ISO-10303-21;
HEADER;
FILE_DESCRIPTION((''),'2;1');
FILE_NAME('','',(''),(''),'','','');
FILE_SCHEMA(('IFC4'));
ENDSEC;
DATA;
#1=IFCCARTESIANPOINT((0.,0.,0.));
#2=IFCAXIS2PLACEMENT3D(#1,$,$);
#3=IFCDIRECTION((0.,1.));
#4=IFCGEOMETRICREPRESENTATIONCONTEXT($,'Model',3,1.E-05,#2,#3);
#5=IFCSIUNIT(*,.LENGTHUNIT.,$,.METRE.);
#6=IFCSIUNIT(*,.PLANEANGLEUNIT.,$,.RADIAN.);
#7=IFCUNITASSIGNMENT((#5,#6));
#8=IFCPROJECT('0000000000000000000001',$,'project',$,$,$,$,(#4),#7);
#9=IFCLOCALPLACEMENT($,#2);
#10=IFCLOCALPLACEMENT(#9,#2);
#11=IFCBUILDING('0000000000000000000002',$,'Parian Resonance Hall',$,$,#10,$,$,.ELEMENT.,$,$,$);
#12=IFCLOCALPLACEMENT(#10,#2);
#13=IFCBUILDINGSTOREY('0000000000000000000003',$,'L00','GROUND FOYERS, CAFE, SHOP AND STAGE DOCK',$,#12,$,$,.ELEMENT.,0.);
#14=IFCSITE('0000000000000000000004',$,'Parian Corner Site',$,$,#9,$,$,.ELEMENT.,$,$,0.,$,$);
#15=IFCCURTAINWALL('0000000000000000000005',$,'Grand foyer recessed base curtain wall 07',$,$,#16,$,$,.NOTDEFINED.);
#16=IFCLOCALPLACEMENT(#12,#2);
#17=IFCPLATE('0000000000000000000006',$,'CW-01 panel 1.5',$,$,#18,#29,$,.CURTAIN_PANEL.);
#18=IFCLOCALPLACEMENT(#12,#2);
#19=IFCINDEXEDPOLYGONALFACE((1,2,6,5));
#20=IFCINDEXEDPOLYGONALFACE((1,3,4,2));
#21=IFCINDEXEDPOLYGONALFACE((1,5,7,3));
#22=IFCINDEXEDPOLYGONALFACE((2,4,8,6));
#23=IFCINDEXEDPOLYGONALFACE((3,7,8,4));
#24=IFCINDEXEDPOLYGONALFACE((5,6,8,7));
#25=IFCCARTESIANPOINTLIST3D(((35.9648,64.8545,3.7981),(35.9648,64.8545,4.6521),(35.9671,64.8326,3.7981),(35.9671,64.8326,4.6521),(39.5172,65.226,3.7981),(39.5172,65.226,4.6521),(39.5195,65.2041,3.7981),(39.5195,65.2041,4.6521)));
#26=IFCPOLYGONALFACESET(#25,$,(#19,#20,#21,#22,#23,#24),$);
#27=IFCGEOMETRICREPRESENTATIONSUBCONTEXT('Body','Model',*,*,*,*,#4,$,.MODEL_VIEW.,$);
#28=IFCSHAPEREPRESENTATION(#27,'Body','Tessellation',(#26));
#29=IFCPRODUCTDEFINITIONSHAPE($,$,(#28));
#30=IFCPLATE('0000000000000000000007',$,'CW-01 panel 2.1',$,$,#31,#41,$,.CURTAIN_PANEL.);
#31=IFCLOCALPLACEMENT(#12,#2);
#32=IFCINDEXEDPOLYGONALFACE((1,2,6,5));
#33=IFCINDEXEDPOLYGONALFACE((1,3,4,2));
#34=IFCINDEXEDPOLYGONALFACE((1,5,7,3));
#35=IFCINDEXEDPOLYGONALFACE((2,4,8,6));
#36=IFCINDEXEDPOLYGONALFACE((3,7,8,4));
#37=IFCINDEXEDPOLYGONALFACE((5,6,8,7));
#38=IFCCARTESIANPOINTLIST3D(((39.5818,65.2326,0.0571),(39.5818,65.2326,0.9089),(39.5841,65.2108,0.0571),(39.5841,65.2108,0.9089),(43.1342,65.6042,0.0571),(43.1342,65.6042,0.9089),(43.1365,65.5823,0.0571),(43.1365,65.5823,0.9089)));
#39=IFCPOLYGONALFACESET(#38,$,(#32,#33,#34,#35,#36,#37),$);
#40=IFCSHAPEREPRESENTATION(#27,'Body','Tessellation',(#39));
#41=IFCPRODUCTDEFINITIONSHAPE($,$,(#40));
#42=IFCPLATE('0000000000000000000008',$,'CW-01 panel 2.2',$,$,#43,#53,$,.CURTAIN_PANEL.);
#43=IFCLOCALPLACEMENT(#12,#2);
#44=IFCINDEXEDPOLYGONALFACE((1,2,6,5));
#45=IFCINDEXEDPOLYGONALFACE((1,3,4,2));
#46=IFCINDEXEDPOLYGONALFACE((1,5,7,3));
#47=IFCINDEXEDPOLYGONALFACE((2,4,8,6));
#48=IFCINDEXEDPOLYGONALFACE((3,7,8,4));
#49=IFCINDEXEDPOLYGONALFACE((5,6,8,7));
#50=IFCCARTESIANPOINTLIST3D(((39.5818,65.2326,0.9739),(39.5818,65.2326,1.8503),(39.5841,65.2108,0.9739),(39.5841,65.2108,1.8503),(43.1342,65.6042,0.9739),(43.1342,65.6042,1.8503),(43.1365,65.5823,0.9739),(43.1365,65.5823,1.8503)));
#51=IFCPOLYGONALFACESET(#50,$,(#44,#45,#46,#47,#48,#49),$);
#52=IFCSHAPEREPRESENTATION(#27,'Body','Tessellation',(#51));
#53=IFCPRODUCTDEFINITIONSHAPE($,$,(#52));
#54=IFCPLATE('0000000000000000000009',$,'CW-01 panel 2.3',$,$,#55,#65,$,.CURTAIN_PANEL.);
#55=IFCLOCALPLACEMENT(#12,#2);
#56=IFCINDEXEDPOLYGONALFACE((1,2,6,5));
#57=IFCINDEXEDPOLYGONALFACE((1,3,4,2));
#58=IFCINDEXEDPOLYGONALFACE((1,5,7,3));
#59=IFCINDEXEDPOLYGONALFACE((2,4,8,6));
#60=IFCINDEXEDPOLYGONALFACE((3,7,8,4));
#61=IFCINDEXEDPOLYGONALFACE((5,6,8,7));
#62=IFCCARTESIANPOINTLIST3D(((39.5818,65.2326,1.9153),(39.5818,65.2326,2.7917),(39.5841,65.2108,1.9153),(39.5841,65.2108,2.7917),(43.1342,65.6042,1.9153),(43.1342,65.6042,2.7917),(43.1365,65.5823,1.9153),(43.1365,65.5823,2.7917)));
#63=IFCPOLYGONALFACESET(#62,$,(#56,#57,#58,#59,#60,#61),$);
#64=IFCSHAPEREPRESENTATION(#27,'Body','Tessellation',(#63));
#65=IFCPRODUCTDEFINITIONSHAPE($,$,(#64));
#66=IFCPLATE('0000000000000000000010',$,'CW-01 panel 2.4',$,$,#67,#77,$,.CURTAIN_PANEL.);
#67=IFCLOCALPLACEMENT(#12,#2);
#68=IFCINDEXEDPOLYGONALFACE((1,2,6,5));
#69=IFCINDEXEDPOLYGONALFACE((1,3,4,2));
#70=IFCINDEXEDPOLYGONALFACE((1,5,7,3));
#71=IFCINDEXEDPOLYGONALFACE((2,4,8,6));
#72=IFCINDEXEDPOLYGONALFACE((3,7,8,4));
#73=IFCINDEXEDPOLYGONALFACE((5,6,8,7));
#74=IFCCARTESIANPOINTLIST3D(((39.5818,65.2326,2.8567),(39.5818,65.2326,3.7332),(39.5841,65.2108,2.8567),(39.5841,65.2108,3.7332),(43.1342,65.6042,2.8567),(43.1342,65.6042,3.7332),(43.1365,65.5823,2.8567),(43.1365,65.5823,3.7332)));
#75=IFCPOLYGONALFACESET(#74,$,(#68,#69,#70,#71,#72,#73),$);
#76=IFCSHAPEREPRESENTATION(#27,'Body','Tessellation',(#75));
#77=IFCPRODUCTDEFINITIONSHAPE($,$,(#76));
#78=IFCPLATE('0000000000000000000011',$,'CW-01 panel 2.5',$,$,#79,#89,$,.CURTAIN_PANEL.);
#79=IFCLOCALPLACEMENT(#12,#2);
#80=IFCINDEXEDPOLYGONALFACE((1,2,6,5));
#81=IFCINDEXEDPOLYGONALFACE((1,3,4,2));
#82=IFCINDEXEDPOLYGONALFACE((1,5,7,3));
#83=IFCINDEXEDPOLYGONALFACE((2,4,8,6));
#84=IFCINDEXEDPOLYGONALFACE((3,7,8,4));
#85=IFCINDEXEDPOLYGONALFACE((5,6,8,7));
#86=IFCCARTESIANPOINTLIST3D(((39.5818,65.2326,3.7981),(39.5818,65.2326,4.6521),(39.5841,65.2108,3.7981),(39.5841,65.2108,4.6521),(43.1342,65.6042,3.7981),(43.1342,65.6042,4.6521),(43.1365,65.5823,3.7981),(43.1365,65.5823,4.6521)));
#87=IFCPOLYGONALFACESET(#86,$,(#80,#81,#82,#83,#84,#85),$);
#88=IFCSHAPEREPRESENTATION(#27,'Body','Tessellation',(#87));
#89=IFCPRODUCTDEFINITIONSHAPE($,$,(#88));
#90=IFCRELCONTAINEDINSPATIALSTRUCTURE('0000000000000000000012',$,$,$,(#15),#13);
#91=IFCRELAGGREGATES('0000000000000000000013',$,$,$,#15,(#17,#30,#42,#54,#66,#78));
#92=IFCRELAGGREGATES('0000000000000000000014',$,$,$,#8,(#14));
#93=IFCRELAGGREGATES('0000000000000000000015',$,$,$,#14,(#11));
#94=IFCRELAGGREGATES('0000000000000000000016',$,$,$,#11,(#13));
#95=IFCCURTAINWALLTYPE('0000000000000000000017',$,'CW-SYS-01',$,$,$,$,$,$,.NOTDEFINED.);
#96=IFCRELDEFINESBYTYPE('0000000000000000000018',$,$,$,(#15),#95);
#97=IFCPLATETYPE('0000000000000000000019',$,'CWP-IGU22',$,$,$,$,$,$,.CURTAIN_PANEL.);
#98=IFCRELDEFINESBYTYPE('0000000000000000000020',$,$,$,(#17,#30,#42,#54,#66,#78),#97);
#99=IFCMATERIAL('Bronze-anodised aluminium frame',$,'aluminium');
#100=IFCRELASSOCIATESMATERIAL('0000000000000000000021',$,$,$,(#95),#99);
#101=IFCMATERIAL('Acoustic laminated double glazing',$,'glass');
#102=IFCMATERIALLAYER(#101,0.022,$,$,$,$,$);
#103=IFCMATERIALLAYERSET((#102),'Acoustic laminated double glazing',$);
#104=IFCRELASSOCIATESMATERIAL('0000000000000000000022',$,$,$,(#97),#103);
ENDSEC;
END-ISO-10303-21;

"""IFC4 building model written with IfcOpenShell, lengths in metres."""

from ifc_helpers import new_model, si_unit, direction, frame, origin, origin_2d, place, context, subcontext, project, spatial, rectangle, extrude, material, layer, layer_set, type_object, element, aggregate, save


model = new_model("IFC4")

# Units and contexts
model_context = context("Model", 3, precision=1e-05, world=origin(), true_north=direction((0.0, 1.0)))
body_context = subcontext(model_context, "Body", "Model", "MODEL_VIEW")
ifc_project = project(units=[si_unit("LENGTHUNIT", "METRE"), si_unit("PLANEANGLEUNIT", "RADIAN")], contexts=[model_context])

# Site, building, storey
site_placement = place(None, origin())
site = spatial("IfcSite", under=ifc_project, at=site_placement, Name="Parian Corner Site", CompositionType="ELEMENT", RefElevation=0.0)
building_placement = place(site_placement, origin())
building = spatial("IfcBuilding", under=site, at=building_placement, Name="Parian Resonance Hall", CompositionType="ELEMENT")
storey_placement = place(building_placement, origin())
storey = spatial("IfcBuildingStorey", under=building, at=storey_placement, Name="L00", Description="GROUND FOYERS, CAFE, SHOP AND STAGE DOCK", CompositionType="ELEMENT", Elevation=0.0)

# Curtain wall
ifc_material_1 = material(Name="Bronze-anodised aluminium frame", Category="aluminium")
curtain_wall_type_1 = type_object("IfcCurtainWallType", Name="CW-SYS-01", PredefinedType="NOTDEFINED", material=ifc_material_1)
curtain_wall_1_placement = place(storey_placement, origin())
curtain_wall_1 = element("IfcCurtainWall", 1, at=curtain_wall_1_placement, inside=storey, type_object=curtain_wall_type_1, Name="Grand foyer recessed base curtain wall 07", PredefinedType="NOTDEFINED")

# Plates
ifc_material_2 = material(Name="Acoustic laminated double glazing", Category="glass")
ifc_layer = layer(ifc_material_2, 0.022)
ifc_layer_set = layer_set([ifc_layer], Name="Acoustic laminated double glazing")
plate_type = type_object("IfcPlateType", Name="CWP-IGU22", PredefinedType="CURTAIN_PANEL", material=ifc_layer_set)
plate_1_placement = place(storey_placement, frame((37.7422, 65.0293, 3.7981), z_axis=(0.0, 0.0, 1.0), x_axis=(0.994576, 0.104013, 0.0)))
plate_1 = element("IfcPlate", 2, at=plate_1_placement, type_object=plate_type, Name="CW-01 panel 1.5", PredefinedType="CURTAIN_PANEL", context=body_context, shape_type="SweptSolid", body=[
    extrude(rectangle(XDim=3.5718, YDim=0.022, at=origin_2d()), origin(), (0.0, 0.0, 1.0), 0.854),
])
plate_2_placement = place(storey_placement, frame((41.3591, 65.4075, 0.0571), z_axis=(0.0, 0.0, 1.0), x_axis=(0.994576, 0.104013, 0.0)))
plate_2 = element("IfcPlate", 3, at=plate_2_placement, type_object=plate_type, Name="CW-01 panel 2.1", PredefinedType="CURTAIN_PANEL", context=body_context, shape_type="SweptSolid", body=[
    extrude(rectangle(XDim=3.5718, YDim=0.022, at=origin_2d()), origin(), (0.0, 0.0, 1.0), 0.8518),
])
plate_3_placement = place(storey_placement, frame((41.3591, 65.4075, 0.9739), z_axis=(0.0, 0.0, 1.0), x_axis=(0.994576, 0.104013, 0.0)))
plate_3 = element("IfcPlate", 4, at=plate_3_placement, type_object=plate_type, Name="CW-01 panel 2.2", PredefinedType="CURTAIN_PANEL", context=body_context, shape_type="SweptSolid", body=[
    extrude(rectangle(XDim=3.5718, YDim=0.022, at=origin_2d()), origin(), (0.0, 0.0, 1.0), 0.8765),
])
plate_4_placement = place(storey_placement, frame((41.3591, 65.4075, 1.9153), z_axis=(0.0, 0.0, 1.0), x_axis=(0.994576, 0.104013, 0.0)))
plate_4 = element("IfcPlate", 5, at=plate_4_placement, type_object=plate_type, Name="CW-01 panel 2.3", PredefinedType="CURTAIN_PANEL", context=body_context, shape_type="SweptSolid", body=[
    extrude(rectangle(XDim=3.5718, YDim=0.022, at=origin_2d()), origin(), (0.0, 0.0, 1.0), 0.8765),
])
plate_5_placement = place(storey_placement, frame((41.3591, 65.4075, 2.8567), z_axis=(0.0, 0.0, 1.0), x_axis=(0.994576, 0.104013, 0.0)))
plate_5 = element("IfcPlate", 6, at=plate_5_placement, type_object=plate_type, Name="CW-01 panel 2.4", PredefinedType="CURTAIN_PANEL", context=body_context, shape_type="SweptSolid", body=[
    extrude(rectangle(XDim=3.5718, YDim=0.022, at=origin_2d()), origin(), (0.0, 0.0, 1.0), 0.8765),
])
plate_6_placement = place(storey_placement, frame((41.3591, 65.4075, 3.7981), z_axis=(0.0, 0.0, 1.0), x_axis=(0.994576, 0.104013, 0.0)))
plate_6 = element("IfcPlate", 7, at=plate_6_placement, type_object=plate_type, Name="CW-01 panel 2.5", PredefinedType="CURTAIN_PANEL", context=body_context, shape_type="SweptSolid", body=[
    extrude(rectangle(XDim=3.5718, YDim=0.022, at=origin_2d()), origin(), (0.0, 0.0, 1.0), 0.854),
])
aggregate(curtain_wall_1, [plate_1, plate_2, plate_3, plate_4, plate_5, plate_6])

save(model, "model.ifc")
